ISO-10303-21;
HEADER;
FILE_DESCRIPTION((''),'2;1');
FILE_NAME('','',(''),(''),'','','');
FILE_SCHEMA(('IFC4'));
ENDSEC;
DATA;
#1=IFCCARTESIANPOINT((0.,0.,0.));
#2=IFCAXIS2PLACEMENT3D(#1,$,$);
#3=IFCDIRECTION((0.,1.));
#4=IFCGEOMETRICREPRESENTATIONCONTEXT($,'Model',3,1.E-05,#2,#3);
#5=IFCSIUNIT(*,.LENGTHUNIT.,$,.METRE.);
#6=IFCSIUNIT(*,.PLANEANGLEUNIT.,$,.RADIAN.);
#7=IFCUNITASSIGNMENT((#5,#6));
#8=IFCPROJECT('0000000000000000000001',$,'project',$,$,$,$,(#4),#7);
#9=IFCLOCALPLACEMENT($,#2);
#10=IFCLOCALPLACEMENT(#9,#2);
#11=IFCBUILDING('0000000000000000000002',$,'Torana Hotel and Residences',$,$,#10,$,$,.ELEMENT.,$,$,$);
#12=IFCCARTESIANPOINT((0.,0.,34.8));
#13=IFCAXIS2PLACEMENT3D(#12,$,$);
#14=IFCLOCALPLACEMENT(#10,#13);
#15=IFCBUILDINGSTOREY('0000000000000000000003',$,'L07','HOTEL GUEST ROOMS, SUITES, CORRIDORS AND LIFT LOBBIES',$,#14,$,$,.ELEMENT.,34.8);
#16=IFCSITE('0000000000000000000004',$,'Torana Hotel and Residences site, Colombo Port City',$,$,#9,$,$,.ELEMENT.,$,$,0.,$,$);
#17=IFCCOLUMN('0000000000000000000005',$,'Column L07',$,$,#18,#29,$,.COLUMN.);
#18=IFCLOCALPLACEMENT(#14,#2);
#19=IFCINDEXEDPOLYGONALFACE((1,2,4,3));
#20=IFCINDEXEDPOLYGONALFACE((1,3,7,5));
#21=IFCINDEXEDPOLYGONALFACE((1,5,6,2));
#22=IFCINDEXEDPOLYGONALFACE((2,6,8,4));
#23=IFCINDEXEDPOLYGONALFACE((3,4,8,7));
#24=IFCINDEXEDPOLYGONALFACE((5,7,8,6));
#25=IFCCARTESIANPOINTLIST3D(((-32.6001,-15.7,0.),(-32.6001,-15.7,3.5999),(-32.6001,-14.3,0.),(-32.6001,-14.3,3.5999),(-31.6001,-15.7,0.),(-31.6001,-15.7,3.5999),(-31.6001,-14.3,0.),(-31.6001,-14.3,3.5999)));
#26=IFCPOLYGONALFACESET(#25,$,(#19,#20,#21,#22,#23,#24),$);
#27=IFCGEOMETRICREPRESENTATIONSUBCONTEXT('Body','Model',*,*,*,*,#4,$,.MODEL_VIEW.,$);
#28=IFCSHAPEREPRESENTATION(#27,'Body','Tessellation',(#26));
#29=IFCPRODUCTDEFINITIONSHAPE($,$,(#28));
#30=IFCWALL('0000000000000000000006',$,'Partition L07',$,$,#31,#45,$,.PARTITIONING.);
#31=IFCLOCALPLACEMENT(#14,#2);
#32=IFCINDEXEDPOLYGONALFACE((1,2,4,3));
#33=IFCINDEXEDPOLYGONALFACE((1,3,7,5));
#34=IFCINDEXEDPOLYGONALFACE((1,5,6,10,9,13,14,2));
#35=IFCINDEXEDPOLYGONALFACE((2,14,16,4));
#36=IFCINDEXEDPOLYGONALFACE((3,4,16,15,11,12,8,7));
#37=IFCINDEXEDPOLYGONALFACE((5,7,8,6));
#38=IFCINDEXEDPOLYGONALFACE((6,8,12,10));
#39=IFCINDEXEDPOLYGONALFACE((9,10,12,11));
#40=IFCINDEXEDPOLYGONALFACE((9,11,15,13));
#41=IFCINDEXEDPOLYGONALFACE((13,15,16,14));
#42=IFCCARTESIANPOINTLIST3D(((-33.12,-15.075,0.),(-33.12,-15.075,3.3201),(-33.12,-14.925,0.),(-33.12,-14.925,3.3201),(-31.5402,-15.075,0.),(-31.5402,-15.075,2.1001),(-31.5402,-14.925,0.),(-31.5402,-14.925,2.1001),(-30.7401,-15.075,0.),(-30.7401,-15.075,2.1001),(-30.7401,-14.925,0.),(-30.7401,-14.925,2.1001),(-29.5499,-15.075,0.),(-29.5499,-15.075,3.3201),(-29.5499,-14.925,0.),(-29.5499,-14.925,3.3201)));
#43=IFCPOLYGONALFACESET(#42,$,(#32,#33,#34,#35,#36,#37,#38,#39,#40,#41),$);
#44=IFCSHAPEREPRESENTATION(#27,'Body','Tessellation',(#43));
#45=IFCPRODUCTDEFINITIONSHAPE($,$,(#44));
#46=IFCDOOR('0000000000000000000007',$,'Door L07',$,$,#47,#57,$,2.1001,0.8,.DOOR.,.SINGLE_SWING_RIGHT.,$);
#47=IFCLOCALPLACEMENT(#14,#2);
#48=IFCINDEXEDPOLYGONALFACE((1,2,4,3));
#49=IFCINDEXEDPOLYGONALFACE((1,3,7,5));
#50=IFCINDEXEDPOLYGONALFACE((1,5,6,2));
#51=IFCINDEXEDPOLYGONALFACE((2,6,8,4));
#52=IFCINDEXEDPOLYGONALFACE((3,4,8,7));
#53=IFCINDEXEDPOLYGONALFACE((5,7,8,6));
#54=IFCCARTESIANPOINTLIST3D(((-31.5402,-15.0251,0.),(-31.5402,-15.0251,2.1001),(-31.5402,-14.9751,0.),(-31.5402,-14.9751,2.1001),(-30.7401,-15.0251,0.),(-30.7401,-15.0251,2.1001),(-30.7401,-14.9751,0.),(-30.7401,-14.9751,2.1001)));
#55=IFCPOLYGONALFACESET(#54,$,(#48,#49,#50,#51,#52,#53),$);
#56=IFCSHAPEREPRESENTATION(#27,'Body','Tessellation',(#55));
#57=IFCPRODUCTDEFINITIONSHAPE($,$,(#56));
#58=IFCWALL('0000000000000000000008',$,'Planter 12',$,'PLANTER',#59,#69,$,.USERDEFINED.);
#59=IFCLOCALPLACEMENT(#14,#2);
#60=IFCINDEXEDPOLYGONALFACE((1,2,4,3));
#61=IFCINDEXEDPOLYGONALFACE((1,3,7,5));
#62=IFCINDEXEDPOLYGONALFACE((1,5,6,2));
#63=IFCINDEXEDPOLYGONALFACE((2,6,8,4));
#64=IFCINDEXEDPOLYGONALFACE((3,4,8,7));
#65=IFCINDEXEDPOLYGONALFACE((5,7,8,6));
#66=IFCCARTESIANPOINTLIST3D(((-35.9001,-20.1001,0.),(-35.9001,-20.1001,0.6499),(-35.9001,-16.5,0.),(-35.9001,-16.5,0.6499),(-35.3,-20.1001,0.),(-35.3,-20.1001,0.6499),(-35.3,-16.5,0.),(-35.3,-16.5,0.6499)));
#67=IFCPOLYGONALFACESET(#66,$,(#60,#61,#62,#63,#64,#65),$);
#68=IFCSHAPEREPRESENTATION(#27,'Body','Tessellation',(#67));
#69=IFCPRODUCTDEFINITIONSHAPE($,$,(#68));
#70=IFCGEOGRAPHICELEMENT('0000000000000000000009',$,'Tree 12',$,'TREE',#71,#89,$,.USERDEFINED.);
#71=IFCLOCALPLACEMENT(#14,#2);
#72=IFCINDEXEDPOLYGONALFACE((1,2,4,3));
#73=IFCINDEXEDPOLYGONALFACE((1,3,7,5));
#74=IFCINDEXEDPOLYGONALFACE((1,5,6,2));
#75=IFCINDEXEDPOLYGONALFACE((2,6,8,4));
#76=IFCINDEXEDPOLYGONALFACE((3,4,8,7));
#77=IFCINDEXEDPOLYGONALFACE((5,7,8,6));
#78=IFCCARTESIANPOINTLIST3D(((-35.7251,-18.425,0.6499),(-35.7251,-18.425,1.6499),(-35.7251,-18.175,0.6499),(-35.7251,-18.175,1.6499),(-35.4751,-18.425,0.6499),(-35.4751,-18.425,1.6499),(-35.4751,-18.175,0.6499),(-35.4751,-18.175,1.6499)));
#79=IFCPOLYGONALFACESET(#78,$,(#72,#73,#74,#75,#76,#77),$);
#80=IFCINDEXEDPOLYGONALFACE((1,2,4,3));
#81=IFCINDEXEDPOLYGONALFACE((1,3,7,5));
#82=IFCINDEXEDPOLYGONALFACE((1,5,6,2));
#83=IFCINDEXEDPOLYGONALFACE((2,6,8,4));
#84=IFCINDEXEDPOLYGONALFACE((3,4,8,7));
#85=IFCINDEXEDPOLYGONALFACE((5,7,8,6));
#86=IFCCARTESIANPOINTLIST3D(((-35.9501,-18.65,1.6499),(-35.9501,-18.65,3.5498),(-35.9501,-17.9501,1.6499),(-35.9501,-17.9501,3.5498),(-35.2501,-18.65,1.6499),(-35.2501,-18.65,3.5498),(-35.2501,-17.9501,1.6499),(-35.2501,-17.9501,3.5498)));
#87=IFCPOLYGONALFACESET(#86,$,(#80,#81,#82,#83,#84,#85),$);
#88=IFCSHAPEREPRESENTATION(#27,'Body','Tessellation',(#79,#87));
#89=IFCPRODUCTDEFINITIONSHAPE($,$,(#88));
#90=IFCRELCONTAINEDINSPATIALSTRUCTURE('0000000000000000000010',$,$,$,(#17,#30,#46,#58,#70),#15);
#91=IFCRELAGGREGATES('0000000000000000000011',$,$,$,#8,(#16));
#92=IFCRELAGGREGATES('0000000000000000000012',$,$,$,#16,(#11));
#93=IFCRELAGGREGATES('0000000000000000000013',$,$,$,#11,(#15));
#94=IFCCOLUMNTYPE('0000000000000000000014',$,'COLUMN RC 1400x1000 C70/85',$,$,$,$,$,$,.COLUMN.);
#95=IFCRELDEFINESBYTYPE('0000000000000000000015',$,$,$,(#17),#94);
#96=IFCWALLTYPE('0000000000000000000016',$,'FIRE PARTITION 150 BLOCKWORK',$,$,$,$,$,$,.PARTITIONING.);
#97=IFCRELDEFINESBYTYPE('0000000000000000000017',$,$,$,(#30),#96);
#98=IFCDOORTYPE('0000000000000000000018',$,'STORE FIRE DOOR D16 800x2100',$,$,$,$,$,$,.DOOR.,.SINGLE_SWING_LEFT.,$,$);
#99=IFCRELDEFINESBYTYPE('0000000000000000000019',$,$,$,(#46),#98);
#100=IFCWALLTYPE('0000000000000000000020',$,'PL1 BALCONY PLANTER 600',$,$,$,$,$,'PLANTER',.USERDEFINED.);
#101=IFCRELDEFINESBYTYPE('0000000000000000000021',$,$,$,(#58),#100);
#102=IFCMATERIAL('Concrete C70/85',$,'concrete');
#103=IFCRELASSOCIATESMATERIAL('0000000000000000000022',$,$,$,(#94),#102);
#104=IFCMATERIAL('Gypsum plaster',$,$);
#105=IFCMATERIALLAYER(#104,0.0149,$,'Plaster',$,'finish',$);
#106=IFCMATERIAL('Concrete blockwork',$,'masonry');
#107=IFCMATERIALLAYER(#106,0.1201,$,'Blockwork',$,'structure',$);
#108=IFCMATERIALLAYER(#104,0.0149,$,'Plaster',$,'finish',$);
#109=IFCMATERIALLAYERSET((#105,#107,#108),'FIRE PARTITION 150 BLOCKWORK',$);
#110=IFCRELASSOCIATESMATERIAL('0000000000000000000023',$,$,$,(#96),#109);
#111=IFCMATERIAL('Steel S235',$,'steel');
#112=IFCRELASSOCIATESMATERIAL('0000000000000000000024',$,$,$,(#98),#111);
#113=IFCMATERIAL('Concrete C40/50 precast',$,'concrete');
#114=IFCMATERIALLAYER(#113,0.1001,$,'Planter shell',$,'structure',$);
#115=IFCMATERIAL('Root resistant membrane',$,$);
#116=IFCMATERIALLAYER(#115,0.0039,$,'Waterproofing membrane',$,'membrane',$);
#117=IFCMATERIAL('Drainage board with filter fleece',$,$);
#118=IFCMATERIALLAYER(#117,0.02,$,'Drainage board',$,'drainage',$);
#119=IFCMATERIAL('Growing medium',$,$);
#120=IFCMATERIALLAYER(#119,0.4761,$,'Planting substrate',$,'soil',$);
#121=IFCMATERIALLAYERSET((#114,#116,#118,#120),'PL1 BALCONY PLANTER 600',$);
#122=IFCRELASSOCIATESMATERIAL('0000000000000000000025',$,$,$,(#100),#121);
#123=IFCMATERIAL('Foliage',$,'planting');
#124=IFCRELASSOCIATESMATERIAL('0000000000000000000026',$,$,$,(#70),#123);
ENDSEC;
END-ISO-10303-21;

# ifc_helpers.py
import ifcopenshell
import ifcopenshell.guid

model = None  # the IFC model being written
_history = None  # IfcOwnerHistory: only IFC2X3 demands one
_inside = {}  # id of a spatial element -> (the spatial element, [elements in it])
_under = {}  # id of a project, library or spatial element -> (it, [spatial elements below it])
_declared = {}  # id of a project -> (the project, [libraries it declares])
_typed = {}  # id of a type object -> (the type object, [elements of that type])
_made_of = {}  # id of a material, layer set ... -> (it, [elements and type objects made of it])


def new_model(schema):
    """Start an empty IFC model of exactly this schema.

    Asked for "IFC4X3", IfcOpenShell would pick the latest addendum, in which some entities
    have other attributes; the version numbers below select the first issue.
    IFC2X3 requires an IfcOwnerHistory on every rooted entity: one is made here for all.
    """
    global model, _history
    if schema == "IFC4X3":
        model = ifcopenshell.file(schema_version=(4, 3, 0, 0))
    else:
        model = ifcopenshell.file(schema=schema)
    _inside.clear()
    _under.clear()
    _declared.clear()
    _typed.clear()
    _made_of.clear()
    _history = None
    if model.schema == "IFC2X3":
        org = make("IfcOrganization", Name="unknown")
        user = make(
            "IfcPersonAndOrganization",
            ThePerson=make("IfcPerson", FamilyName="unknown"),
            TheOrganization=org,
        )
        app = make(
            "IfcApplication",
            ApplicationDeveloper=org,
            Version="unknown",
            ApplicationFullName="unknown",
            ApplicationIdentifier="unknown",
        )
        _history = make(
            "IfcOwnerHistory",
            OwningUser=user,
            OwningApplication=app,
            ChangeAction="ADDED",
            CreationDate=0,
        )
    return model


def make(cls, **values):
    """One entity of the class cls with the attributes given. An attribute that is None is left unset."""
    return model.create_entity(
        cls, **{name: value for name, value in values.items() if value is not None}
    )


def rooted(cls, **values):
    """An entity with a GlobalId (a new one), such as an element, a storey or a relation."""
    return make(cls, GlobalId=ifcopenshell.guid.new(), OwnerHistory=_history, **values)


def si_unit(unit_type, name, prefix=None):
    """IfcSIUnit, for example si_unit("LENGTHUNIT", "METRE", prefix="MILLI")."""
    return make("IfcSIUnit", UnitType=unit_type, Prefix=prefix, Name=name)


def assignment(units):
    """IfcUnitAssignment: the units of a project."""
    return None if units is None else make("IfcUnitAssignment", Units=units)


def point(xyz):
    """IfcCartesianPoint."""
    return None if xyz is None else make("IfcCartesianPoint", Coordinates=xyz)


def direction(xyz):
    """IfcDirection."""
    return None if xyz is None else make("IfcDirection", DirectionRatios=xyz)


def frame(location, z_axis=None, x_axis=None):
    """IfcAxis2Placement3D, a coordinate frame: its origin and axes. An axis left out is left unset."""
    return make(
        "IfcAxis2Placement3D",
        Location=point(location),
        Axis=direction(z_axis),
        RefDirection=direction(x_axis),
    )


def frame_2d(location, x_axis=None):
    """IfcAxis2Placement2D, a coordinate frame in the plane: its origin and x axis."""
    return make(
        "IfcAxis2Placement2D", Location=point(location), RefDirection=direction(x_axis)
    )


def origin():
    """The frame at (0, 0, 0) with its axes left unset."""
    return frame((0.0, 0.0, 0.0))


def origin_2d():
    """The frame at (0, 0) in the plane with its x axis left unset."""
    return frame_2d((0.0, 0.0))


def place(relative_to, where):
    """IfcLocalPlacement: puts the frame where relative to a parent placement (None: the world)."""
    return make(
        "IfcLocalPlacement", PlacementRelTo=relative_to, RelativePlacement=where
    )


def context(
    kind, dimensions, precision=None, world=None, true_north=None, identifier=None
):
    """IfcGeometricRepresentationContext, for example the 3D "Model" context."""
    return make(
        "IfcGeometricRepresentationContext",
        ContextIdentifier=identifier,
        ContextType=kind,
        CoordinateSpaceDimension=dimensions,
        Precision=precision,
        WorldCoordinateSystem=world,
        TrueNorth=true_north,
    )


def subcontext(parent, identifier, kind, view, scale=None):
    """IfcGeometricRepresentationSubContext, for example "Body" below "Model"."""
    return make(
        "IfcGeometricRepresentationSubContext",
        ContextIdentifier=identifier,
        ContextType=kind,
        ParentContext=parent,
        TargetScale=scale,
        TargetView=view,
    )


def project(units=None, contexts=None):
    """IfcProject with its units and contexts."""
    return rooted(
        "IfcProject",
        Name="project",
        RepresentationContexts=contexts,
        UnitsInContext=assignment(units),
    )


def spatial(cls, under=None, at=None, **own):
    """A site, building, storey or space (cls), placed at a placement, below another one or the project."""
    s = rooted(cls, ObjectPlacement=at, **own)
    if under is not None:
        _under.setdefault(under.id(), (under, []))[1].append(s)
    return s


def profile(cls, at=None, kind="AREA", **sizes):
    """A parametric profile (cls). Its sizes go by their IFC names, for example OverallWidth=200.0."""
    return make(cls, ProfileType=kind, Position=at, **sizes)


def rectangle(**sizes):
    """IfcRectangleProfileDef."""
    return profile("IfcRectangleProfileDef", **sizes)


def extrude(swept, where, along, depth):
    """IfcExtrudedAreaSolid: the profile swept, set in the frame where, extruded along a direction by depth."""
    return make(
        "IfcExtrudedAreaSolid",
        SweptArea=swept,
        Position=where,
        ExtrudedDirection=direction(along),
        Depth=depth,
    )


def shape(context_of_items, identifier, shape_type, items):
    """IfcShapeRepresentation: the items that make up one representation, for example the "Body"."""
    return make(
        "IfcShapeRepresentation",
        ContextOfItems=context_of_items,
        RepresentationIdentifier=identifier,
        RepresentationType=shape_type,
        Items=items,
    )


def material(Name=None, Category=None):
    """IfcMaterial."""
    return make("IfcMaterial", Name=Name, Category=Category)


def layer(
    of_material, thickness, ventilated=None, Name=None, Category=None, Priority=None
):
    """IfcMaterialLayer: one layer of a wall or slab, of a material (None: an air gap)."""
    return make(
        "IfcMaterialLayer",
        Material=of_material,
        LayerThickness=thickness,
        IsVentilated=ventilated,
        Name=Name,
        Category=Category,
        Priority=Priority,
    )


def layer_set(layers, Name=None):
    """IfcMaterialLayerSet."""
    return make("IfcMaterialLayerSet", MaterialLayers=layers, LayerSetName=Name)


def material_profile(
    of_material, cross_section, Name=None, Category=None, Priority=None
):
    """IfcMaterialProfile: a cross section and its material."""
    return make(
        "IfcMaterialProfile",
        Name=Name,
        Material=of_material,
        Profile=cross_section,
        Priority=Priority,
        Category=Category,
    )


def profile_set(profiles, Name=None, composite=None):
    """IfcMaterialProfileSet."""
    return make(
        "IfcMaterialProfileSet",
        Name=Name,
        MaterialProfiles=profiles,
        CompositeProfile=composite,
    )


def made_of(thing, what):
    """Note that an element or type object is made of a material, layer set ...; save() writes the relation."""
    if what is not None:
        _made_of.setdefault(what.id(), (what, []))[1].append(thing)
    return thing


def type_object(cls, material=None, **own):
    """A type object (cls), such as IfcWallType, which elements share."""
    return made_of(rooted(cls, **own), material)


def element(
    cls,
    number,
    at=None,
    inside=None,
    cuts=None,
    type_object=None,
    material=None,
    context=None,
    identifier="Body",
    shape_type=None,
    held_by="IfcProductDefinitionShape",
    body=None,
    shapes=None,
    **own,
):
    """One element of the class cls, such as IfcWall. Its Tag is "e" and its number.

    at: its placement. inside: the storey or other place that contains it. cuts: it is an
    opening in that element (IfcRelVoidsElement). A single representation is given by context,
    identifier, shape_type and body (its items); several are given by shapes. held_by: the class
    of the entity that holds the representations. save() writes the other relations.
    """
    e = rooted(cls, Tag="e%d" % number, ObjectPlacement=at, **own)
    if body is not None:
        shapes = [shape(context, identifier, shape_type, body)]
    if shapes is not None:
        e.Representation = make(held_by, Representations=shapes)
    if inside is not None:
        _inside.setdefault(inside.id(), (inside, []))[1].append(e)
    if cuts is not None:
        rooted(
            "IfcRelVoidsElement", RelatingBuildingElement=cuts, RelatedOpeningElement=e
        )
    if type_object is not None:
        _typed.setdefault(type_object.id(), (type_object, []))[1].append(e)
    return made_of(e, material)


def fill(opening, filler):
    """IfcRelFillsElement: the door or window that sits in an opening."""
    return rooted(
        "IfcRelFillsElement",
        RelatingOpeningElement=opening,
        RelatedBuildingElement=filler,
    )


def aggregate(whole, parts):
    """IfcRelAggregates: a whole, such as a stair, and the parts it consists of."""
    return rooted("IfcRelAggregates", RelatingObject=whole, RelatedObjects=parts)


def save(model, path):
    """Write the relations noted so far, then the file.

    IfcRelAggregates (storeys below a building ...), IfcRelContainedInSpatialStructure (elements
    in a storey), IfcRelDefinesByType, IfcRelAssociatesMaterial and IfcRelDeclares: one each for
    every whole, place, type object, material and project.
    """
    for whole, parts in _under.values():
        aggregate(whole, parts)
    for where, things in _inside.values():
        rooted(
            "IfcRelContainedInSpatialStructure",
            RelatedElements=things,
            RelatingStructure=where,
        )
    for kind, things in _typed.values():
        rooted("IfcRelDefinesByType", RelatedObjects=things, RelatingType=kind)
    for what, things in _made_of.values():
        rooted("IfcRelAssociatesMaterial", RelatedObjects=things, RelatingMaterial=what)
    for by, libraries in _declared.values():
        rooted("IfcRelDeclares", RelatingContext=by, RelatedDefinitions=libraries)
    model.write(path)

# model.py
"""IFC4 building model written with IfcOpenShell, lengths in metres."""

from ifc_helpers import new_model, si_unit, direction, frame, frame_2d, origin, origin_2d, place, context, subcontext, project, spatial, rectangle, extrude, material, layer, layer_set, material_profile, profile_set, type_object, element, fill, save


model = new_model("IFC4")

# Units and contexts
model_context = context("Model", 3, precision=1e-05, world=origin(), true_north=direction((0.0, 1.0)))
body_context = subcontext(model_context, "Body", "Model", "MODEL_VIEW")
ifc_project = project(units=[si_unit("LENGTHUNIT", "METRE"), si_unit("PLANEANGLEUNIT", "RADIAN")], contexts=[model_context])

# Site, building, storey
site_placement = place(None, origin())
site = spatial("IfcSite", under=ifc_project, at=site_placement, Name="Torana Hotel and Residences site, Colombo Port City", CompositionType="ELEMENT", RefElevation=0.0)
building_placement = place(site_placement, origin())
building = spatial("IfcBuilding", under=site, at=building_placement, Name="Torana Hotel and Residences", CompositionType="ELEMENT")
storey_placement = place(building_placement, frame((0.0, 0.0, 34.8)))
storey = spatial("IfcBuildingStorey", under=building, at=storey_placement, Name="L07", Description="HOTEL GUEST ROOMS, SUITES, CORRIDORS AND LIFT LOBBIES", CompositionType="ELEMENT", Elevation=34.8)

# Column
ifc_material_1 = material(Name="Concrete C70/85", Category="concrete")
ifc_material_profile = material_profile(ifc_material_1, rectangle(XDim=1.3999, YDim=1.0, at=origin_2d()), Name="RC 1400x1000")
ifc_profile_set = profile_set([ifc_material_profile], Name="Concrete C70/85")
column_type = type_object("IfcColumnType", Name="COLUMN RC 1400x1000 C70/85", PredefinedType="COLUMN", material=ifc_profile_set)
column_placement = place(storey_placement, frame((-32.1001, -15.0, 0.0), z_axis=(0.0, 0.0, 1.0), x_axis=(0.0, 1.0, 0.0)))
element("IfcColumn", 1, at=column_placement, inside=storey, type_object=column_type, Name="Column L07", PredefinedType="COLUMN", context=body_context, shape_type="SweptSolid", body=[
    extrude(rectangle(XDim=1.3999, YDim=1.0, at=origin_2d()), origin(), (0.0, 0.0, 1.0), 3.5999),
])

# Shared definitions
ifc_material_2 = material(Name="Gypsum plaster")
ifc_layer_1 = layer(ifc_material_2, 0.0149, Name="Plaster", Category="finish")
ifc_material_3 = material(Name="Concrete blockwork", Category="masonry")
ifc_layer_2 = layer(ifc_material_3, 0.1201, Name="Blockwork", Category="structure")
ifc_layer_3 = layer(ifc_material_2, 0.0149, Name="Plaster", Category="finish")
ifc_layer_set_1 = layer_set([ifc_layer_1, ifc_layer_2, ifc_layer_3], Name="FIRE PARTITION 150 BLOCKWORK")
wall_type_1 = type_object("IfcWallType", Name="FIRE PARTITION 150 BLOCKWORK", PredefinedType="PARTITIONING", material=ifc_layer_set_1)

# Wall, opening, door
wall_1_placement = place(storey_placement, frame((-33.1201, -15.0, 0.0), z_axis=(0.0, 0.0, 1.0), x_axis=(1.0, 0.0, 0.0)))
wall_1 = element("IfcWall", 2, at=wall_1_placement, inside=storey, type_object=wall_type_1, Name="Partition L07", PredefinedType="PARTITIONING", context=body_context, shape_type="SweptSolid", body=[
    extrude(rectangle(XDim=3.5701, YDim=0.1499, at=frame_2d((1.7852, 0.0))), origin(), (0.0, 0.0, 1.0), 3.3201),
])
opening_1_placement = place(wall_1_placement, frame((1.5801, 0.0, 0.0)))
opening_1 = element("IfcOpeningElement", 3, at=opening_1_placement, cuts=wall_1, PredefinedType="OPENING", context=body_context, shape_type="SweptSolid", body=[
    extrude(rectangle(XDim=0.8, YDim=2.1001, at=frame_2d((0.3999, 1.05))), frame((0.0, 0.085, 0.0), z_axis=(0.0, -1.0, 0.0), x_axis=(1.0, 0.0, 0.0)), (0.0, 0.0, 1.0), 0.1699),
])
ifc_material_4 = material(Name="Steel S235", Category="steel")
door_type_1 = type_object("IfcDoorType", Name="STORE FIRE DOOR D16 800x2100", OperationType="SINGLE_SWING_LEFT", PredefinedType="DOOR", material=ifc_material_4)
door_1_placement = place(opening_1_placement, origin())
door_1 = element("IfcDoor", 4, at=door_1_placement, inside=storey, type_object=door_type_1, Name="Door L07", OperationType="SINGLE_SWING_RIGHT", OverallHeight=2.1001, OverallWidth=0.8, PredefinedType="DOOR", context=body_context, shape_type="SweptSolid", body=[
    extrude(rectangle(XDim=0.8, YDim=2.1001, at=frame_2d((0.3999, 1.05))), frame((0.0, 0.0249, 0.0), z_axis=(0.0, -1.0, 0.0), x_axis=(1.0, 0.0, 0.0)), (0.0, 0.0, 1.0), 0.05),
])
fill(opening_1, door_1)

# Wall
ifc_material_5 = material(Name="Concrete C40/50 precast", Category="concrete")
ifc_layer_4 = layer(ifc_material_5, 0.1001, Name="Planter shell", Category="structure")
ifc_material_6 = material(Name="Root resistant membrane")
ifc_layer_5 = layer(ifc_material_6, 0.0039, Name="Waterproofing membrane", Category="membrane")
ifc_material_7 = material(Name="Drainage board with filter fleece")
ifc_layer_6 = layer(ifc_material_7, 0.02, Name="Drainage board", Category="drainage")
ifc_material_8 = material(Name="Growing medium")
ifc_layer_7 = layer(ifc_material_8, 0.4761, Name="Planting substrate", Category="soil")
ifc_layer_set_2 = layer_set([ifc_layer_4, ifc_layer_5, ifc_layer_6, ifc_layer_7], Name="PL1 BALCONY PLANTER 600")
wall_type_2 = type_object("IfcWallType", Name="PL1 BALCONY PLANTER 600", ElementType="PLANTER", PredefinedType="USERDEFINED", material=ifc_layer_set_2)
wall_2_placement = place(storey_placement, frame((-35.6001, -20.1001, 0.0), z_axis=(0.0, 0.0, 1.0), x_axis=(0.0, 1.0, 0.0)))
element("IfcWall", 5, at=wall_2_placement, inside=storey, type_object=wall_type_2, Name="Planter 12", ObjectType="PLANTER", PredefinedType="USERDEFINED", context=body_context, shape_type="SweptSolid", body=[
    extrude(rectangle(XDim=3.6001, YDim=0.6001, at=frame_2d((1.8, 0.0))), origin(), (0.0, 0.0, 1.0), 0.6499),
])

# Geographic element
ifc_material_9 = material(Name="Foliage", Category="planting")
geographic_element_placement = place(storey_placement, frame((-35.6001, -18.3, 0.6499), z_axis=(0.0, 0.0, 1.0), x_axis=(1.0, 0.0, 0.0)))
element("IfcGeographicElement", 6, at=geographic_element_placement, inside=storey, material=ifc_material_9, Name="Tree 12", ObjectType="TREE", PredefinedType="USERDEFINED", context=body_context, shape_type="SweptSolid", body=[
    extrude(rectangle(XDim=0.25, YDim=0.25, at=origin_2d()), origin(), (0.0, 0.0, 1.0), 1.0),
    extrude(rectangle(XDim=0.7, YDim=0.7, at=origin_2d()), frame((0.0, 0.0, 1.0)), (0.0, 0.0, 1.0), 1.8999),
])

save(model, "model.ifc")
